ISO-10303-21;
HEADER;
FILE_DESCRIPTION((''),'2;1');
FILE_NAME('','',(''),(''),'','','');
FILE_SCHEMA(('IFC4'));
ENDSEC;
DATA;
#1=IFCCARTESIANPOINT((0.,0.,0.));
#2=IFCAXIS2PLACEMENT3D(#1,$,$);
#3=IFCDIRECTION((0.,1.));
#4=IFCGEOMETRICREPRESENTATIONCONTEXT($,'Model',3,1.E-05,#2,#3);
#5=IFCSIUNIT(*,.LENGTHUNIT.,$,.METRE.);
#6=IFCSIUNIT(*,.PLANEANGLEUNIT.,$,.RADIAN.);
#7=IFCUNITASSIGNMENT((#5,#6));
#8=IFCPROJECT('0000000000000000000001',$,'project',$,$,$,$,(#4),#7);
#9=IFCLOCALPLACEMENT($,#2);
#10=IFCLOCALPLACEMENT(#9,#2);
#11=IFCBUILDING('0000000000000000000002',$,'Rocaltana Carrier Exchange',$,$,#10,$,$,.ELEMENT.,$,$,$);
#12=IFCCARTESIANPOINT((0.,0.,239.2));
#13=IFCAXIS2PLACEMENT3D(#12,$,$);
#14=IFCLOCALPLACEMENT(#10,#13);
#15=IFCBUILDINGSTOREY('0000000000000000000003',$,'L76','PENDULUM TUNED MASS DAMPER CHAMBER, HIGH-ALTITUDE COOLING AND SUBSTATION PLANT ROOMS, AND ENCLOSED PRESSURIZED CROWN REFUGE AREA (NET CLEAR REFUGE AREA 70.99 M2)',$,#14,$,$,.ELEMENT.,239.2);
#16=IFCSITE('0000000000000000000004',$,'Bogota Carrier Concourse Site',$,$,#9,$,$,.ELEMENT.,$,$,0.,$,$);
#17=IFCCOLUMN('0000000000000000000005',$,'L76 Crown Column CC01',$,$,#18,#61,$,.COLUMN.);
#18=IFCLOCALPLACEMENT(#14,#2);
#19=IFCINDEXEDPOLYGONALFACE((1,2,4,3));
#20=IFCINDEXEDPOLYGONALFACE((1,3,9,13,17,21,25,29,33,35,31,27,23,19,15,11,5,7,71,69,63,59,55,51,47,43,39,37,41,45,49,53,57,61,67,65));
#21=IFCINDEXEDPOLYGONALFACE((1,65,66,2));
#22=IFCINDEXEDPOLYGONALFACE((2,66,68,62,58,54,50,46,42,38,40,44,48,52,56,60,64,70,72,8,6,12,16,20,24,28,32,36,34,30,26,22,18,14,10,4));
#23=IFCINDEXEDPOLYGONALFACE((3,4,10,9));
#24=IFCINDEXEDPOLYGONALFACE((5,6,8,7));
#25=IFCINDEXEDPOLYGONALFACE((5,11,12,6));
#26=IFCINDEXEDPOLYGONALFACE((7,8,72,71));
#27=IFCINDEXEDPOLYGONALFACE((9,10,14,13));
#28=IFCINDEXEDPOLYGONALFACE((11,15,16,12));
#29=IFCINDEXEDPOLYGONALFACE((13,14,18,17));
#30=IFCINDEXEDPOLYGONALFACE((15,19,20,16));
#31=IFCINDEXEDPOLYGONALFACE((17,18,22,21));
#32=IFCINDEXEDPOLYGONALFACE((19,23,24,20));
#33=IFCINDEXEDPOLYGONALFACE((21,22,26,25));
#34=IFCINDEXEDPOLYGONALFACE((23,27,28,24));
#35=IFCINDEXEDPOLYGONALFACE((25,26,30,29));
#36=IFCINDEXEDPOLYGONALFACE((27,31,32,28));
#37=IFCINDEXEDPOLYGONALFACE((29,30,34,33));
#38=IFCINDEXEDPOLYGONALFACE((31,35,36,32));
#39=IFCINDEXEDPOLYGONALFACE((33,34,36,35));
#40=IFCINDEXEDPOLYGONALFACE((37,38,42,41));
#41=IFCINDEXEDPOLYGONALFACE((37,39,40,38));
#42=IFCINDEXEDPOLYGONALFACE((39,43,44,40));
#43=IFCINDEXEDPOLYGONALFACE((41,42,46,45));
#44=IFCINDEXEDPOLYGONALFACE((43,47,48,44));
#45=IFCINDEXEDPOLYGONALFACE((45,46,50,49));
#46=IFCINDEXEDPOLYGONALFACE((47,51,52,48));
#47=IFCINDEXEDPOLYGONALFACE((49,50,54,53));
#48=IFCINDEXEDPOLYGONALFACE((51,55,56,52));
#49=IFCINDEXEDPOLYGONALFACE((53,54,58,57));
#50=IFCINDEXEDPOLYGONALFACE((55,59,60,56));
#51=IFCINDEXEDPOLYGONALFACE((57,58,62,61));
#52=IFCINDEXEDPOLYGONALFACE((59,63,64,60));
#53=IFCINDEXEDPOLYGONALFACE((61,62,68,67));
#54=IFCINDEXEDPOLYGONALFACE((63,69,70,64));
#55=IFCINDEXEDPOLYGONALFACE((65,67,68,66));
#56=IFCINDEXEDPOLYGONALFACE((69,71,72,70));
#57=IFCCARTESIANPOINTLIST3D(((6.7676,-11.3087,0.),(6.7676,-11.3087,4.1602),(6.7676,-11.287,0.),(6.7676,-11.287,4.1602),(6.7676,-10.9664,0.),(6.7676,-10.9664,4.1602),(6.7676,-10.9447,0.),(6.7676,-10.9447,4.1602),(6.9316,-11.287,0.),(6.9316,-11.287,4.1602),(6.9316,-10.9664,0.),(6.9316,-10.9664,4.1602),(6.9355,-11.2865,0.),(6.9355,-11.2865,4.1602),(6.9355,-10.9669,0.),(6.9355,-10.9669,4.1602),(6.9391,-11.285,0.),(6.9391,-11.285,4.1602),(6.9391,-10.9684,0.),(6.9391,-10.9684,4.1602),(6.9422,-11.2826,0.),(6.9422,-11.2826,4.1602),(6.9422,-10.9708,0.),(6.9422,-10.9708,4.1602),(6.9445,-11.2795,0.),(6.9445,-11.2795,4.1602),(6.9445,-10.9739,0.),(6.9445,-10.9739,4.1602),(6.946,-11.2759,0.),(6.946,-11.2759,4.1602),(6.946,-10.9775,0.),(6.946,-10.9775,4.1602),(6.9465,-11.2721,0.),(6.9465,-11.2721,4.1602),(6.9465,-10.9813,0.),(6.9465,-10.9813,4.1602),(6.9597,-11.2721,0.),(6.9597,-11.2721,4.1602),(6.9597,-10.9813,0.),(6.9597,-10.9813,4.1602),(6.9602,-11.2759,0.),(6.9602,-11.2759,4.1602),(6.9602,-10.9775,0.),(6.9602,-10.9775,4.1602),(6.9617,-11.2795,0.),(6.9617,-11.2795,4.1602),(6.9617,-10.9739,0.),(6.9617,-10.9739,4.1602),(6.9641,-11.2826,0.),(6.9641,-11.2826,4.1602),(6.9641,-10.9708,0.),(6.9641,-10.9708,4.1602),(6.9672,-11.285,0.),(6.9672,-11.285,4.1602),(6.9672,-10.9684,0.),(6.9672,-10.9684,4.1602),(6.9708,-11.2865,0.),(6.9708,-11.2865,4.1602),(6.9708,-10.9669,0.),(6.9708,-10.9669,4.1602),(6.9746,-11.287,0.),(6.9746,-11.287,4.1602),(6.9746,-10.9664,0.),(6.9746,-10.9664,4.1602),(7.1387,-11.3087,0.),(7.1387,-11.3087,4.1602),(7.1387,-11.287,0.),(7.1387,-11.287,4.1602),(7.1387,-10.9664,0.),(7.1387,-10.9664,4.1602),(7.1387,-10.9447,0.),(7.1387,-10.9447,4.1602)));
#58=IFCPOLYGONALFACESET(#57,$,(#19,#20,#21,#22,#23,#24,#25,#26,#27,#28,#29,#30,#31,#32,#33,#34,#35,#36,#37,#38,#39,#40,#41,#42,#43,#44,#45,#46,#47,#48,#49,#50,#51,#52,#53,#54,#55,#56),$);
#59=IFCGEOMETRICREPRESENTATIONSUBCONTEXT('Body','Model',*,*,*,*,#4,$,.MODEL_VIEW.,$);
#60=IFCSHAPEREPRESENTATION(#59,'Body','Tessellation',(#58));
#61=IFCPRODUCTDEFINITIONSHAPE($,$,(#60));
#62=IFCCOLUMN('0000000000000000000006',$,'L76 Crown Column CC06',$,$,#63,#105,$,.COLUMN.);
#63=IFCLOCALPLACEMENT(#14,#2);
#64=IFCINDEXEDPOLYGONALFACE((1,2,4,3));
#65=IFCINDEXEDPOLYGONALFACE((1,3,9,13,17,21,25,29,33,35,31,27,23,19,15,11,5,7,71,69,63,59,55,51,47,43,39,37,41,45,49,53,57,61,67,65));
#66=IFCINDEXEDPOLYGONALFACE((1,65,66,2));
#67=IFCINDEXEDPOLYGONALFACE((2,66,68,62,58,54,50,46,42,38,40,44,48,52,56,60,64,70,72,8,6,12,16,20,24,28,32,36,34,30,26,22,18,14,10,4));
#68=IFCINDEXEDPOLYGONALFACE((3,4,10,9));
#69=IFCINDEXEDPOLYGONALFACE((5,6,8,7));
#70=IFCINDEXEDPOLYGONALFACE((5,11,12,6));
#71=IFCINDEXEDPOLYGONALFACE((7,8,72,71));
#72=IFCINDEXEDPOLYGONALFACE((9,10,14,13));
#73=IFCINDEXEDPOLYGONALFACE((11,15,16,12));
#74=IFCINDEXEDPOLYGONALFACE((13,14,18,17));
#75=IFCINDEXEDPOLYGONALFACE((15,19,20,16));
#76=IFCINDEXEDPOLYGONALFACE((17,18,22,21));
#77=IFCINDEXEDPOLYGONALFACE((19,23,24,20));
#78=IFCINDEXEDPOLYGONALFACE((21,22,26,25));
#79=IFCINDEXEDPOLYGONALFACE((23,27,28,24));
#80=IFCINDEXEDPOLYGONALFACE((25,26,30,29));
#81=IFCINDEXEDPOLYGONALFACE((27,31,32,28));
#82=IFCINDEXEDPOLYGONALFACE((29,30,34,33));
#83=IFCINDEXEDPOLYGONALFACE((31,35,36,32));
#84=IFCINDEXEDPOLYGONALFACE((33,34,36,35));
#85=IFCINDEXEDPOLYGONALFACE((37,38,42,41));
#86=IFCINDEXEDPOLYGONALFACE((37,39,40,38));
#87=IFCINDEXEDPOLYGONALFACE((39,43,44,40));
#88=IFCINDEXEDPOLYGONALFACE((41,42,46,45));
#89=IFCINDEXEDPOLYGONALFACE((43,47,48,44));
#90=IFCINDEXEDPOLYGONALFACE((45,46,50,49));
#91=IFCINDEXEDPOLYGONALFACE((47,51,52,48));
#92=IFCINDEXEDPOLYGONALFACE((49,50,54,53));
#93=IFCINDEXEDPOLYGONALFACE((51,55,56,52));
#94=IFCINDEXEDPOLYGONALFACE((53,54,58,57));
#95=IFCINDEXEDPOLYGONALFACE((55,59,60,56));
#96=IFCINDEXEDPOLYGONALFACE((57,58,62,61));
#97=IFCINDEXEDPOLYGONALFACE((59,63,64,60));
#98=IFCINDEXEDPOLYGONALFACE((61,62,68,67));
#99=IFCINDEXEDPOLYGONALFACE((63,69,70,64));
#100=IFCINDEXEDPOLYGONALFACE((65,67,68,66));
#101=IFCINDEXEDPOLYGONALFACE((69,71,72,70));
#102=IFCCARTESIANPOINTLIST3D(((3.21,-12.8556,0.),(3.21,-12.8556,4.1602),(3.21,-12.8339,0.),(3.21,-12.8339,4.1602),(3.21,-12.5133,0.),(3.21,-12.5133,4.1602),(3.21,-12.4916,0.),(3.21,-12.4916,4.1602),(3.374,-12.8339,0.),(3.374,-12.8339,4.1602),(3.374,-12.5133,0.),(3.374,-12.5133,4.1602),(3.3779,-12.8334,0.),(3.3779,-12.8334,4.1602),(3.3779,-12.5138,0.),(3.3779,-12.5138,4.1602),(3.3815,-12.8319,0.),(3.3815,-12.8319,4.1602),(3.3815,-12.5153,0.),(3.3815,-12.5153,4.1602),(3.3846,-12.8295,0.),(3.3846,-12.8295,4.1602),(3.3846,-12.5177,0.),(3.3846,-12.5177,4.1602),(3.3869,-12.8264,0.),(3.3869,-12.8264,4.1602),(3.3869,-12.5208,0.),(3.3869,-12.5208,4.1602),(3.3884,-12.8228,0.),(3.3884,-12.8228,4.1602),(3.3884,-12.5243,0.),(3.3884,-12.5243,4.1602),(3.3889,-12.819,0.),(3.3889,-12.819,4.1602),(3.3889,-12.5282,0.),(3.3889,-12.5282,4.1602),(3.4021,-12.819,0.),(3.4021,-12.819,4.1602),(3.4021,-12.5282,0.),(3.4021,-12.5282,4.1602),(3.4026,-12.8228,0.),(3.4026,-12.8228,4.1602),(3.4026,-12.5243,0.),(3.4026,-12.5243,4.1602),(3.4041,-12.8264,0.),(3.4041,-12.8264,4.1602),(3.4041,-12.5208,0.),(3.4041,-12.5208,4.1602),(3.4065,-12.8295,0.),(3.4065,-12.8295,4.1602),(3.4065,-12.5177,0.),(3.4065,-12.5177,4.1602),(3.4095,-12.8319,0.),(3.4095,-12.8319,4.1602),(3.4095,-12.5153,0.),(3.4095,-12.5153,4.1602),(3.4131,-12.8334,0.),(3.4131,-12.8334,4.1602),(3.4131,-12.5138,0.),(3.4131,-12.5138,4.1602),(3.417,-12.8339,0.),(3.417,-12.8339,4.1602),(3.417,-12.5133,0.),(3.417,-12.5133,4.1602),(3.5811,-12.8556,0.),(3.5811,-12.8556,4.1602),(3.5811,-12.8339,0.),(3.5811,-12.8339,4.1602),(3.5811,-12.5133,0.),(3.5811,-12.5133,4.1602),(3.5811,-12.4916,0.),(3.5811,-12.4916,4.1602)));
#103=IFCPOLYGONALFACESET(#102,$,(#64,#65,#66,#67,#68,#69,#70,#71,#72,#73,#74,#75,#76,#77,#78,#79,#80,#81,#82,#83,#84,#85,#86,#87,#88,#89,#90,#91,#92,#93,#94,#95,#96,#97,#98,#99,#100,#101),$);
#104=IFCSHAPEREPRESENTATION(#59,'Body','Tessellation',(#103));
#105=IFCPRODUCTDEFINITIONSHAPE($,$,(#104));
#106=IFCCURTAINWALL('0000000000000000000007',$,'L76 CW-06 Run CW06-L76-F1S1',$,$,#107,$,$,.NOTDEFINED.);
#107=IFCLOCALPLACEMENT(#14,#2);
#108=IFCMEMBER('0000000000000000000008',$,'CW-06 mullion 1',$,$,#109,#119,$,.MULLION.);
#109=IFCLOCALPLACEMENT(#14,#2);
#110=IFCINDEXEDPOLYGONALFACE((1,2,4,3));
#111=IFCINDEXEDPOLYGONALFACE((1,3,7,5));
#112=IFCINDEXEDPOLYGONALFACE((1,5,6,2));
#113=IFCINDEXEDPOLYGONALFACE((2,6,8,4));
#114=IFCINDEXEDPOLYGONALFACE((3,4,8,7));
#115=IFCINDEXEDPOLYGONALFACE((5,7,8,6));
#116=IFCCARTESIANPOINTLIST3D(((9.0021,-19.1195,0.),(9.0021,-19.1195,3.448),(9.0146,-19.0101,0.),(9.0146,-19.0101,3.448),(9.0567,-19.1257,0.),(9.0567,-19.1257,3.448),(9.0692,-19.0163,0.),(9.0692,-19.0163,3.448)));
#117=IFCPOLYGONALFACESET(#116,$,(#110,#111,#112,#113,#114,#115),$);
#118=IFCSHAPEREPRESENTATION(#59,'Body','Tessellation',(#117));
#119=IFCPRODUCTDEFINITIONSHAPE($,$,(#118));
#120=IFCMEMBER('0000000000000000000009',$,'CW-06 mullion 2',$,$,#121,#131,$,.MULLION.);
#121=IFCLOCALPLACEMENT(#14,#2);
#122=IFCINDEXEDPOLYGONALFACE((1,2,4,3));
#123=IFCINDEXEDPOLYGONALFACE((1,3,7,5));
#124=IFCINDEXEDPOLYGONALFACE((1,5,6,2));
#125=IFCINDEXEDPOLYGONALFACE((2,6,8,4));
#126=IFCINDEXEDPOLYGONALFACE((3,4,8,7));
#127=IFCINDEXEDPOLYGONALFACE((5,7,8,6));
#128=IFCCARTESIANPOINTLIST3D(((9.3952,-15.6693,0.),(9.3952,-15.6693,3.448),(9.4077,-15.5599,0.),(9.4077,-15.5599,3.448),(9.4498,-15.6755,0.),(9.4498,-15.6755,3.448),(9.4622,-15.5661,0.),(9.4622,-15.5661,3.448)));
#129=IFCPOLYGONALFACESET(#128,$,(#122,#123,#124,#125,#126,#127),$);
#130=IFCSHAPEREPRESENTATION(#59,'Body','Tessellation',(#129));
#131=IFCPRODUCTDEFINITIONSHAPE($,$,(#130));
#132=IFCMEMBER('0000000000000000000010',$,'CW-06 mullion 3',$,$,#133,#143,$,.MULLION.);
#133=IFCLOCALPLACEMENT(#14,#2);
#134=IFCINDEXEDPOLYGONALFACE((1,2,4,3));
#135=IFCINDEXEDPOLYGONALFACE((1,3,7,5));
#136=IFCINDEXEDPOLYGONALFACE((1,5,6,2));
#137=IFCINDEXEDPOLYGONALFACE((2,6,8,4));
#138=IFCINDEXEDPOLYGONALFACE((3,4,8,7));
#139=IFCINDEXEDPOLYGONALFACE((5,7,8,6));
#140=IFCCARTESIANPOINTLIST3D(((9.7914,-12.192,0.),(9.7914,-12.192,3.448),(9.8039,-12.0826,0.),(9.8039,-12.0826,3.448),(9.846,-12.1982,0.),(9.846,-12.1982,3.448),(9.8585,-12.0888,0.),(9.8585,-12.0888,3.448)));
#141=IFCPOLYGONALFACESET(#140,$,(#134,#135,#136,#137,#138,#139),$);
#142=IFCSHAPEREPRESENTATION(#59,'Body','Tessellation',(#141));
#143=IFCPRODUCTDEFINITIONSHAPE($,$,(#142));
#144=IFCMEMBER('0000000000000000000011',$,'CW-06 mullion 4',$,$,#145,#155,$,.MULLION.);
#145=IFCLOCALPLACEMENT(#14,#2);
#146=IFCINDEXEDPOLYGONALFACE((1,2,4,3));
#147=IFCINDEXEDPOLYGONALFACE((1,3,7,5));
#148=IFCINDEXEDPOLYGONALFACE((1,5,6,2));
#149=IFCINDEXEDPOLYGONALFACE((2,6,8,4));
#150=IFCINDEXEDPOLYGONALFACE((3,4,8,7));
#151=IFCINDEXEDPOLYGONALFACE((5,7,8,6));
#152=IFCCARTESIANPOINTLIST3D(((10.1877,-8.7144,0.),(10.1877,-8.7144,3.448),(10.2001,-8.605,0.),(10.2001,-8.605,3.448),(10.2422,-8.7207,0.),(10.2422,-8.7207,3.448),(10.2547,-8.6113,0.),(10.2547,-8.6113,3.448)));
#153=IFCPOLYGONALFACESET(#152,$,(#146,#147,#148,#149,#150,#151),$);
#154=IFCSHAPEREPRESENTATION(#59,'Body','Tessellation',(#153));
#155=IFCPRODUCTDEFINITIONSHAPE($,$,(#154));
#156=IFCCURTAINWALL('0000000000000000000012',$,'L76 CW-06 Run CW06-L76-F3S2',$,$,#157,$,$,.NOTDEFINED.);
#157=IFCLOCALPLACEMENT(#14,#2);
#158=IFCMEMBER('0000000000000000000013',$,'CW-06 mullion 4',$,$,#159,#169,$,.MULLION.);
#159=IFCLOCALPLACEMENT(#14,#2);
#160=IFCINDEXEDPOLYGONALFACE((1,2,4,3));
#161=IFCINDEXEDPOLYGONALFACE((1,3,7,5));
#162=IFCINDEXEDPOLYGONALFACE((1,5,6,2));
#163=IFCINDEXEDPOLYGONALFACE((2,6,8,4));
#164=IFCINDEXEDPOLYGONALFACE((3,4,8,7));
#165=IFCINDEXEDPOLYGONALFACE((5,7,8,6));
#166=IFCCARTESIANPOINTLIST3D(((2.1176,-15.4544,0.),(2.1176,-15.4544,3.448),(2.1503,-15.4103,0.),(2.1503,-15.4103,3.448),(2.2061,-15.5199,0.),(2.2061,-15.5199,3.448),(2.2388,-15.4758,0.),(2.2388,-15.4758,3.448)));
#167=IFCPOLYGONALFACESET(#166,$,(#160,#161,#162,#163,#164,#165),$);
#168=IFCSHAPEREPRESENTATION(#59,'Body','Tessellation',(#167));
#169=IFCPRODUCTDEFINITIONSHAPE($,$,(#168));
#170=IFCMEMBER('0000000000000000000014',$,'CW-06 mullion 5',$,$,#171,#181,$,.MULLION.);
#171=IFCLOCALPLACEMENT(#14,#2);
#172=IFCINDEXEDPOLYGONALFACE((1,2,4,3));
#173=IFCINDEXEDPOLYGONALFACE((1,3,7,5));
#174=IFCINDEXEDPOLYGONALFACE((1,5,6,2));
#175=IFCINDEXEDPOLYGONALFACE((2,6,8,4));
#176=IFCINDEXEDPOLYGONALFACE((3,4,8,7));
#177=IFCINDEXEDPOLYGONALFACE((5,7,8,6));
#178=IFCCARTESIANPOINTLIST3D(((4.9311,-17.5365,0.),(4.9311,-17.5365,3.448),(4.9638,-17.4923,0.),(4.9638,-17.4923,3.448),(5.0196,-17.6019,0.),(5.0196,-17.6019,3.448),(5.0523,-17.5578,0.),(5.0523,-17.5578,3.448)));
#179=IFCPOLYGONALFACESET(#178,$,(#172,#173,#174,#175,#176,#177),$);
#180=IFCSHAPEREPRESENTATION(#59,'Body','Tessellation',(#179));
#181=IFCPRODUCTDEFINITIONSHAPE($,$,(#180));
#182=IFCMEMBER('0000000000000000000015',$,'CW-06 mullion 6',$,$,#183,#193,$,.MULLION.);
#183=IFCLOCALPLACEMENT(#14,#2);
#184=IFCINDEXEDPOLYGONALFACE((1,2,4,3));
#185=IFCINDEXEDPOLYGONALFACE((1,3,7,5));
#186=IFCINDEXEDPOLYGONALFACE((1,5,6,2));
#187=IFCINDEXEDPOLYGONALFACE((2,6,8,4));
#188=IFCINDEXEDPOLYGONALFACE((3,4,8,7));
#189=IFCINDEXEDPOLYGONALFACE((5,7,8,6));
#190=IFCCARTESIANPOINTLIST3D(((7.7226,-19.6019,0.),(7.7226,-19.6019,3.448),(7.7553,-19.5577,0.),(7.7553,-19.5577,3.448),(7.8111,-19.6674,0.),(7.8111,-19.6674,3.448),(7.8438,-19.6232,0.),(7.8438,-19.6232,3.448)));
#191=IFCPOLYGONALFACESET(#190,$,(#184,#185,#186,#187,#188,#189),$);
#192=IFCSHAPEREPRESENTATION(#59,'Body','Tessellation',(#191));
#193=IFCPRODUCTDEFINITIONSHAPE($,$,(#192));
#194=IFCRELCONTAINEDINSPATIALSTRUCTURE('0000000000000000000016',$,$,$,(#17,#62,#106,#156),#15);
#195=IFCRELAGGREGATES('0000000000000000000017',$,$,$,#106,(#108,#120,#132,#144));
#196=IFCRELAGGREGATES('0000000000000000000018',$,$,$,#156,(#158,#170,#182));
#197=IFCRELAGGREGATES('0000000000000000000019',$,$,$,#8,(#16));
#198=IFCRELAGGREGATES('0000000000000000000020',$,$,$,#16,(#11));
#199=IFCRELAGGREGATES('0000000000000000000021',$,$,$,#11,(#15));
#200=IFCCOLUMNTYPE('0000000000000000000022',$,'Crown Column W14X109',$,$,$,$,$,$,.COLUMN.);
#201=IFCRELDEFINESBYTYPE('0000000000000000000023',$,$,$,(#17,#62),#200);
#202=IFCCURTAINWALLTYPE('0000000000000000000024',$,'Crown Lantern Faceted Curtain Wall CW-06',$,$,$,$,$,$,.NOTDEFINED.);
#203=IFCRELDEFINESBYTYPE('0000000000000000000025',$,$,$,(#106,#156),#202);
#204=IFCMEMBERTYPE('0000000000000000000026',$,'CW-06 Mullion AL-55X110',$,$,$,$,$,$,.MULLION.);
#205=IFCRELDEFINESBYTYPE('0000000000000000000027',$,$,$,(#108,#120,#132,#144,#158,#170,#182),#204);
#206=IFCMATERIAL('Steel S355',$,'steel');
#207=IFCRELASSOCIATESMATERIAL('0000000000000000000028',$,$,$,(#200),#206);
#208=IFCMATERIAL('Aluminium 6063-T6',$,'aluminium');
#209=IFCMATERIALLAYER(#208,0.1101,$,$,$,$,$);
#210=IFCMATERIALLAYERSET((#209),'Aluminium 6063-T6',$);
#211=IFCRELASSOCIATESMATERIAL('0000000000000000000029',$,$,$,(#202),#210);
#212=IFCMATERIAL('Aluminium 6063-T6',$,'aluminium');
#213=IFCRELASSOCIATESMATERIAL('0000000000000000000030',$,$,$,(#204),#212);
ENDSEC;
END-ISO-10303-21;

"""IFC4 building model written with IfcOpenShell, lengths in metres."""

from ifc_helpers import new_model, si_unit, direction, frame, origin, origin_2d, place, context, subcontext, project, spatial, rectangle, i_section, extrude, material, layer, layer_set, material_profile, profile_set, type_object, element, aggregate, save


model = new_model("IFC4")

# Units and contexts
model_context = context("Model", 3, precision=1e-05, world=origin(), true_north=direction((0.0, 1.0)))
body_context = subcontext(model_context, "Body", "Model", "MODEL_VIEW")
ifc_project = project(units=[si_unit("LENGTHUNIT", "METRE"), si_unit("PLANEANGLEUNIT", "RADIAN")], contexts=[model_context])

# Site, building, storey
site_placement = place(None, origin())
site = spatial("IfcSite", under=ifc_project, at=site_placement, Name="Bogota Carrier Concourse Site", CompositionType="ELEMENT", RefElevation=0.0)
building_placement = place(site_placement, origin())
building = spatial("IfcBuilding", under=site, at=building_placement, Name="Rocaltana Carrier Exchange", CompositionType="ELEMENT")
storey_placement = place(building_placement, frame((0.0, 0.0, 239.2)))
storey = spatial("IfcBuildingStorey", under=building, at=storey_placement, Name="L76", Description="PENDULUM TUNED MASS DAMPER CHAMBER, HIGH-ALTITUDE COOLING AND SUBSTATION PLANT ROOMS, AND ENCLOSED PRESSURIZED CROWN REFUGE AREA (NET CLEAR REFUGE AREA 70.99 M2)", CompositionType="ELEMENT", Elevation=239.2)

# Columns
ifc_material_1 = material(Name="Steel S355", Category="steel")
ifc_material_profile_1 = material_profile(ifc_material_1, i_section(OverallWidth=0.3711, OverallDepth=0.364, WebThickness=0.0132, FlangeThickness=0.0217, FilletRadius=0.0149, at=origin_2d()), Name="W14X109")
ifc_profile_set_1 = profile_set([ifc_material_profile_1], Name="Steel S355")
column_type = type_object("IfcColumnType", Name="Crown Column W14X109", PredefinedType="COLUMN", material=ifc_profile_set_1)
for number, where, z_axis, x_axis, name in (
    (1, (6.9531, -11.1267, 0.0), (0.0, 0.0, 1.0), (1.0, 0.0, 0.0), "L76 Crown Column CC01"),
    (2, (3.3955, -12.6736, 0.0), (0.0, 0.0, 1.0), (1.0, 0.0, 0.0), "L76 Crown Column CC06"),
):
    element("IfcColumn", number, at=place(storey_placement, frame(where, z_axis=z_axis, x_axis=x_axis)), inside=storey, type_object=column_type, Name=name, PredefinedType="COLUMN", context=body_context, shape_type="SweptSolid", body=[
        extrude(i_section(OverallWidth=0.3711, OverallDepth=0.364, WebThickness=0.0132, FlangeThickness=0.0217, FilletRadius=0.0149, at=origin_2d()), origin(), (0.0, 0.0, 1.0), 4.1602),
    ])

# Curtain walls, members
ifc_material_2 = material(Name="Aluminium 6063-T6", Category="aluminium")
ifc_layer_1 = layer(ifc_material_2, 0.1101)
ifc_layer_set_1 = layer_set([ifc_layer_1], Name="Aluminium 6063-T6")
curtain_wall_type = type_object("IfcCurtainWallType", Name="Crown Lantern Faceted Curtain Wall CW-06", PredefinedType="NOTDEFINED", material=ifc_layer_set_1)
curtain_wall_1_placement = place(storey_placement, origin())
curtain_wall_1 = element("IfcCurtainWall", 3, at=curtain_wall_1_placement, inside=storey, type_object=curtain_wall_type, Name="L76 CW-06 Run CW06-L76-F1S1", PredefinedType="NOTDEFINED")
ifc_material_3 = material(Name="Aluminium 6063-T6", Category="aluminium")
ifc_material_profile_2 = material_profile(ifc_material_3, rectangle(XDim=0.0549, YDim=0.1101, at=origin_2d()), Name="AL-55X110")
ifc_profile_set_2 = profile_set([ifc_material_profile_2], Name="Aluminium 6063-T6")
member_type_1 = type_object("IfcMemberType", Name="CW-06 Mullion AL-55X110", PredefinedType="MULLION", material=ifc_profile_set_2)
member_1_placement = place(storey_placement, frame((9.0356, -19.0679, 0.0), z_axis=(0.0, 0.0, 1.0), x_axis=(-0.993572, 0.113199, 0.0)))
member_1 = element("IfcMember", 4, at=member_1_placement, type_object=member_type_1, Name="CW-06 mullion 1", PredefinedType="MULLION", context=body_context, shape_type="SweptSolid", body=[
    extrude(rectangle(XDim=0.0549, YDim=0.1101, at=origin_2d()), origin(), (0.0, 0.0, 1.0), 3.448),
])
member_2_placement = place(storey_placement, frame((9.4287, -15.6177, 0.0), z_axis=(0.0, 0.0, 1.0), x_axis=(-0.993572, 0.113199, 0.0)))
member_2 = element("IfcMember", 5, at=member_2_placement, type_object=member_type_1, Name="CW-06 mullion 2", PredefinedType="MULLION", context=body_context, shape_type="SweptSolid", body=[
    extrude(rectangle(XDim=0.0549, YDim=0.1101, at=origin_2d()), origin(), (0.0, 0.0, 1.0), 3.448),
])
member_3_placement = place(storey_placement, frame((9.825, -12.1404, 0.0), z_axis=(0.0, 0.0, 1.0), x_axis=(-0.993572, 0.113199, 0.0)))
member_3 = element("IfcMember", 6, at=member_3_placement, type_object=member_type_1, Name="CW-06 mullion 3", PredefinedType="MULLION", context=body_context, shape_type="SweptSolid", body=[
    extrude(rectangle(XDim=0.0549, YDim=0.1101, at=origin_2d()), origin(), (0.0, 0.0, 1.0), 3.448),
])
member_4_placement = place(storey_placement, frame((10.2212, -8.6628, 0.0), z_axis=(0.0, 0.0, 1.0), x_axis=(-0.993572, 0.113199, 0.0)))
member_4 = element("IfcMember", 7, at=member_4_placement, type_object=member_type_1, Name="CW-06 mullion 4", PredefinedType="MULLION", context=body_context, shape_type="SweptSolid", body=[
    extrude(rectangle(XDim=0.0549, YDim=0.1101, at=origin_2d()), origin(), (0.0, 0.0, 1.0), 3.448),
])
curtain_wall_2_placement = place(storey_placement, origin())
curtain_wall_2 = element("IfcCurtainWall", 8, at=curtain_wall_2_placement, inside=storey, type_object=curtain_wall_type, Name="L76 CW-06 Run CW06-L76-F3S2", PredefinedType="NOTDEFINED")
member_5_placement = place(storey_placement, frame((2.1782, -15.4651, 0.0), z_axis=(0.0, 0.0, 1.0), x_axis=(0.594825, 0.803855, 0.0)))
member_5 = element("IfcMember", 9, at=member_5_placement, type_object=member_type_1, Name="CW-06 mullion 4", PredefinedType="MULLION", context=body_context, shape_type="SweptSolid", body=[
    extrude(rectangle(XDim=0.0549, YDim=0.1101, at=origin_2d()), origin(), (0.0, 0.0, 1.0), 3.448),
])
member_6_placement = place(storey_placement, frame((4.9917, -17.5471, 0.0), z_axis=(0.0, 0.0, 1.0), x_axis=(0.594825, 0.803855, 0.0)))
member_6 = element("IfcMember", 10, at=member_6_placement, type_object=member_type_1, Name="CW-06 mullion 5", PredefinedType="MULLION", context=body_context, shape_type="SweptSolid", body=[
    extrude(rectangle(XDim=0.0549, YDim=0.1101, at=origin_2d()), origin(), (0.0, 0.0, 1.0), 3.448),
])
member_7_placement = place(storey_placement, frame((7.7832, -19.6125, 0.0), z_axis=(0.0, 0.0, 1.0), x_axis=(0.594825, 0.803855, 0.0)))
member_7 = element("IfcMember", 11, at=member_7_placement, type_object=member_type_1, Name="CW-06 mullion 6", PredefinedType="MULLION", context=body_context, shape_type="SweptSolid", body=[
    extrude(rectangle(XDim=0.0549, YDim=0.1101, at=origin_2d()), origin(), (0.0, 0.0, 1.0), 3.448),
])

aggregate(curtain_wall_1, [member_1, member_2, member_3, member_4])
aggregate(curtain_wall_2, [member_5, member_6, member_7])

save(model, "model.ifc")
